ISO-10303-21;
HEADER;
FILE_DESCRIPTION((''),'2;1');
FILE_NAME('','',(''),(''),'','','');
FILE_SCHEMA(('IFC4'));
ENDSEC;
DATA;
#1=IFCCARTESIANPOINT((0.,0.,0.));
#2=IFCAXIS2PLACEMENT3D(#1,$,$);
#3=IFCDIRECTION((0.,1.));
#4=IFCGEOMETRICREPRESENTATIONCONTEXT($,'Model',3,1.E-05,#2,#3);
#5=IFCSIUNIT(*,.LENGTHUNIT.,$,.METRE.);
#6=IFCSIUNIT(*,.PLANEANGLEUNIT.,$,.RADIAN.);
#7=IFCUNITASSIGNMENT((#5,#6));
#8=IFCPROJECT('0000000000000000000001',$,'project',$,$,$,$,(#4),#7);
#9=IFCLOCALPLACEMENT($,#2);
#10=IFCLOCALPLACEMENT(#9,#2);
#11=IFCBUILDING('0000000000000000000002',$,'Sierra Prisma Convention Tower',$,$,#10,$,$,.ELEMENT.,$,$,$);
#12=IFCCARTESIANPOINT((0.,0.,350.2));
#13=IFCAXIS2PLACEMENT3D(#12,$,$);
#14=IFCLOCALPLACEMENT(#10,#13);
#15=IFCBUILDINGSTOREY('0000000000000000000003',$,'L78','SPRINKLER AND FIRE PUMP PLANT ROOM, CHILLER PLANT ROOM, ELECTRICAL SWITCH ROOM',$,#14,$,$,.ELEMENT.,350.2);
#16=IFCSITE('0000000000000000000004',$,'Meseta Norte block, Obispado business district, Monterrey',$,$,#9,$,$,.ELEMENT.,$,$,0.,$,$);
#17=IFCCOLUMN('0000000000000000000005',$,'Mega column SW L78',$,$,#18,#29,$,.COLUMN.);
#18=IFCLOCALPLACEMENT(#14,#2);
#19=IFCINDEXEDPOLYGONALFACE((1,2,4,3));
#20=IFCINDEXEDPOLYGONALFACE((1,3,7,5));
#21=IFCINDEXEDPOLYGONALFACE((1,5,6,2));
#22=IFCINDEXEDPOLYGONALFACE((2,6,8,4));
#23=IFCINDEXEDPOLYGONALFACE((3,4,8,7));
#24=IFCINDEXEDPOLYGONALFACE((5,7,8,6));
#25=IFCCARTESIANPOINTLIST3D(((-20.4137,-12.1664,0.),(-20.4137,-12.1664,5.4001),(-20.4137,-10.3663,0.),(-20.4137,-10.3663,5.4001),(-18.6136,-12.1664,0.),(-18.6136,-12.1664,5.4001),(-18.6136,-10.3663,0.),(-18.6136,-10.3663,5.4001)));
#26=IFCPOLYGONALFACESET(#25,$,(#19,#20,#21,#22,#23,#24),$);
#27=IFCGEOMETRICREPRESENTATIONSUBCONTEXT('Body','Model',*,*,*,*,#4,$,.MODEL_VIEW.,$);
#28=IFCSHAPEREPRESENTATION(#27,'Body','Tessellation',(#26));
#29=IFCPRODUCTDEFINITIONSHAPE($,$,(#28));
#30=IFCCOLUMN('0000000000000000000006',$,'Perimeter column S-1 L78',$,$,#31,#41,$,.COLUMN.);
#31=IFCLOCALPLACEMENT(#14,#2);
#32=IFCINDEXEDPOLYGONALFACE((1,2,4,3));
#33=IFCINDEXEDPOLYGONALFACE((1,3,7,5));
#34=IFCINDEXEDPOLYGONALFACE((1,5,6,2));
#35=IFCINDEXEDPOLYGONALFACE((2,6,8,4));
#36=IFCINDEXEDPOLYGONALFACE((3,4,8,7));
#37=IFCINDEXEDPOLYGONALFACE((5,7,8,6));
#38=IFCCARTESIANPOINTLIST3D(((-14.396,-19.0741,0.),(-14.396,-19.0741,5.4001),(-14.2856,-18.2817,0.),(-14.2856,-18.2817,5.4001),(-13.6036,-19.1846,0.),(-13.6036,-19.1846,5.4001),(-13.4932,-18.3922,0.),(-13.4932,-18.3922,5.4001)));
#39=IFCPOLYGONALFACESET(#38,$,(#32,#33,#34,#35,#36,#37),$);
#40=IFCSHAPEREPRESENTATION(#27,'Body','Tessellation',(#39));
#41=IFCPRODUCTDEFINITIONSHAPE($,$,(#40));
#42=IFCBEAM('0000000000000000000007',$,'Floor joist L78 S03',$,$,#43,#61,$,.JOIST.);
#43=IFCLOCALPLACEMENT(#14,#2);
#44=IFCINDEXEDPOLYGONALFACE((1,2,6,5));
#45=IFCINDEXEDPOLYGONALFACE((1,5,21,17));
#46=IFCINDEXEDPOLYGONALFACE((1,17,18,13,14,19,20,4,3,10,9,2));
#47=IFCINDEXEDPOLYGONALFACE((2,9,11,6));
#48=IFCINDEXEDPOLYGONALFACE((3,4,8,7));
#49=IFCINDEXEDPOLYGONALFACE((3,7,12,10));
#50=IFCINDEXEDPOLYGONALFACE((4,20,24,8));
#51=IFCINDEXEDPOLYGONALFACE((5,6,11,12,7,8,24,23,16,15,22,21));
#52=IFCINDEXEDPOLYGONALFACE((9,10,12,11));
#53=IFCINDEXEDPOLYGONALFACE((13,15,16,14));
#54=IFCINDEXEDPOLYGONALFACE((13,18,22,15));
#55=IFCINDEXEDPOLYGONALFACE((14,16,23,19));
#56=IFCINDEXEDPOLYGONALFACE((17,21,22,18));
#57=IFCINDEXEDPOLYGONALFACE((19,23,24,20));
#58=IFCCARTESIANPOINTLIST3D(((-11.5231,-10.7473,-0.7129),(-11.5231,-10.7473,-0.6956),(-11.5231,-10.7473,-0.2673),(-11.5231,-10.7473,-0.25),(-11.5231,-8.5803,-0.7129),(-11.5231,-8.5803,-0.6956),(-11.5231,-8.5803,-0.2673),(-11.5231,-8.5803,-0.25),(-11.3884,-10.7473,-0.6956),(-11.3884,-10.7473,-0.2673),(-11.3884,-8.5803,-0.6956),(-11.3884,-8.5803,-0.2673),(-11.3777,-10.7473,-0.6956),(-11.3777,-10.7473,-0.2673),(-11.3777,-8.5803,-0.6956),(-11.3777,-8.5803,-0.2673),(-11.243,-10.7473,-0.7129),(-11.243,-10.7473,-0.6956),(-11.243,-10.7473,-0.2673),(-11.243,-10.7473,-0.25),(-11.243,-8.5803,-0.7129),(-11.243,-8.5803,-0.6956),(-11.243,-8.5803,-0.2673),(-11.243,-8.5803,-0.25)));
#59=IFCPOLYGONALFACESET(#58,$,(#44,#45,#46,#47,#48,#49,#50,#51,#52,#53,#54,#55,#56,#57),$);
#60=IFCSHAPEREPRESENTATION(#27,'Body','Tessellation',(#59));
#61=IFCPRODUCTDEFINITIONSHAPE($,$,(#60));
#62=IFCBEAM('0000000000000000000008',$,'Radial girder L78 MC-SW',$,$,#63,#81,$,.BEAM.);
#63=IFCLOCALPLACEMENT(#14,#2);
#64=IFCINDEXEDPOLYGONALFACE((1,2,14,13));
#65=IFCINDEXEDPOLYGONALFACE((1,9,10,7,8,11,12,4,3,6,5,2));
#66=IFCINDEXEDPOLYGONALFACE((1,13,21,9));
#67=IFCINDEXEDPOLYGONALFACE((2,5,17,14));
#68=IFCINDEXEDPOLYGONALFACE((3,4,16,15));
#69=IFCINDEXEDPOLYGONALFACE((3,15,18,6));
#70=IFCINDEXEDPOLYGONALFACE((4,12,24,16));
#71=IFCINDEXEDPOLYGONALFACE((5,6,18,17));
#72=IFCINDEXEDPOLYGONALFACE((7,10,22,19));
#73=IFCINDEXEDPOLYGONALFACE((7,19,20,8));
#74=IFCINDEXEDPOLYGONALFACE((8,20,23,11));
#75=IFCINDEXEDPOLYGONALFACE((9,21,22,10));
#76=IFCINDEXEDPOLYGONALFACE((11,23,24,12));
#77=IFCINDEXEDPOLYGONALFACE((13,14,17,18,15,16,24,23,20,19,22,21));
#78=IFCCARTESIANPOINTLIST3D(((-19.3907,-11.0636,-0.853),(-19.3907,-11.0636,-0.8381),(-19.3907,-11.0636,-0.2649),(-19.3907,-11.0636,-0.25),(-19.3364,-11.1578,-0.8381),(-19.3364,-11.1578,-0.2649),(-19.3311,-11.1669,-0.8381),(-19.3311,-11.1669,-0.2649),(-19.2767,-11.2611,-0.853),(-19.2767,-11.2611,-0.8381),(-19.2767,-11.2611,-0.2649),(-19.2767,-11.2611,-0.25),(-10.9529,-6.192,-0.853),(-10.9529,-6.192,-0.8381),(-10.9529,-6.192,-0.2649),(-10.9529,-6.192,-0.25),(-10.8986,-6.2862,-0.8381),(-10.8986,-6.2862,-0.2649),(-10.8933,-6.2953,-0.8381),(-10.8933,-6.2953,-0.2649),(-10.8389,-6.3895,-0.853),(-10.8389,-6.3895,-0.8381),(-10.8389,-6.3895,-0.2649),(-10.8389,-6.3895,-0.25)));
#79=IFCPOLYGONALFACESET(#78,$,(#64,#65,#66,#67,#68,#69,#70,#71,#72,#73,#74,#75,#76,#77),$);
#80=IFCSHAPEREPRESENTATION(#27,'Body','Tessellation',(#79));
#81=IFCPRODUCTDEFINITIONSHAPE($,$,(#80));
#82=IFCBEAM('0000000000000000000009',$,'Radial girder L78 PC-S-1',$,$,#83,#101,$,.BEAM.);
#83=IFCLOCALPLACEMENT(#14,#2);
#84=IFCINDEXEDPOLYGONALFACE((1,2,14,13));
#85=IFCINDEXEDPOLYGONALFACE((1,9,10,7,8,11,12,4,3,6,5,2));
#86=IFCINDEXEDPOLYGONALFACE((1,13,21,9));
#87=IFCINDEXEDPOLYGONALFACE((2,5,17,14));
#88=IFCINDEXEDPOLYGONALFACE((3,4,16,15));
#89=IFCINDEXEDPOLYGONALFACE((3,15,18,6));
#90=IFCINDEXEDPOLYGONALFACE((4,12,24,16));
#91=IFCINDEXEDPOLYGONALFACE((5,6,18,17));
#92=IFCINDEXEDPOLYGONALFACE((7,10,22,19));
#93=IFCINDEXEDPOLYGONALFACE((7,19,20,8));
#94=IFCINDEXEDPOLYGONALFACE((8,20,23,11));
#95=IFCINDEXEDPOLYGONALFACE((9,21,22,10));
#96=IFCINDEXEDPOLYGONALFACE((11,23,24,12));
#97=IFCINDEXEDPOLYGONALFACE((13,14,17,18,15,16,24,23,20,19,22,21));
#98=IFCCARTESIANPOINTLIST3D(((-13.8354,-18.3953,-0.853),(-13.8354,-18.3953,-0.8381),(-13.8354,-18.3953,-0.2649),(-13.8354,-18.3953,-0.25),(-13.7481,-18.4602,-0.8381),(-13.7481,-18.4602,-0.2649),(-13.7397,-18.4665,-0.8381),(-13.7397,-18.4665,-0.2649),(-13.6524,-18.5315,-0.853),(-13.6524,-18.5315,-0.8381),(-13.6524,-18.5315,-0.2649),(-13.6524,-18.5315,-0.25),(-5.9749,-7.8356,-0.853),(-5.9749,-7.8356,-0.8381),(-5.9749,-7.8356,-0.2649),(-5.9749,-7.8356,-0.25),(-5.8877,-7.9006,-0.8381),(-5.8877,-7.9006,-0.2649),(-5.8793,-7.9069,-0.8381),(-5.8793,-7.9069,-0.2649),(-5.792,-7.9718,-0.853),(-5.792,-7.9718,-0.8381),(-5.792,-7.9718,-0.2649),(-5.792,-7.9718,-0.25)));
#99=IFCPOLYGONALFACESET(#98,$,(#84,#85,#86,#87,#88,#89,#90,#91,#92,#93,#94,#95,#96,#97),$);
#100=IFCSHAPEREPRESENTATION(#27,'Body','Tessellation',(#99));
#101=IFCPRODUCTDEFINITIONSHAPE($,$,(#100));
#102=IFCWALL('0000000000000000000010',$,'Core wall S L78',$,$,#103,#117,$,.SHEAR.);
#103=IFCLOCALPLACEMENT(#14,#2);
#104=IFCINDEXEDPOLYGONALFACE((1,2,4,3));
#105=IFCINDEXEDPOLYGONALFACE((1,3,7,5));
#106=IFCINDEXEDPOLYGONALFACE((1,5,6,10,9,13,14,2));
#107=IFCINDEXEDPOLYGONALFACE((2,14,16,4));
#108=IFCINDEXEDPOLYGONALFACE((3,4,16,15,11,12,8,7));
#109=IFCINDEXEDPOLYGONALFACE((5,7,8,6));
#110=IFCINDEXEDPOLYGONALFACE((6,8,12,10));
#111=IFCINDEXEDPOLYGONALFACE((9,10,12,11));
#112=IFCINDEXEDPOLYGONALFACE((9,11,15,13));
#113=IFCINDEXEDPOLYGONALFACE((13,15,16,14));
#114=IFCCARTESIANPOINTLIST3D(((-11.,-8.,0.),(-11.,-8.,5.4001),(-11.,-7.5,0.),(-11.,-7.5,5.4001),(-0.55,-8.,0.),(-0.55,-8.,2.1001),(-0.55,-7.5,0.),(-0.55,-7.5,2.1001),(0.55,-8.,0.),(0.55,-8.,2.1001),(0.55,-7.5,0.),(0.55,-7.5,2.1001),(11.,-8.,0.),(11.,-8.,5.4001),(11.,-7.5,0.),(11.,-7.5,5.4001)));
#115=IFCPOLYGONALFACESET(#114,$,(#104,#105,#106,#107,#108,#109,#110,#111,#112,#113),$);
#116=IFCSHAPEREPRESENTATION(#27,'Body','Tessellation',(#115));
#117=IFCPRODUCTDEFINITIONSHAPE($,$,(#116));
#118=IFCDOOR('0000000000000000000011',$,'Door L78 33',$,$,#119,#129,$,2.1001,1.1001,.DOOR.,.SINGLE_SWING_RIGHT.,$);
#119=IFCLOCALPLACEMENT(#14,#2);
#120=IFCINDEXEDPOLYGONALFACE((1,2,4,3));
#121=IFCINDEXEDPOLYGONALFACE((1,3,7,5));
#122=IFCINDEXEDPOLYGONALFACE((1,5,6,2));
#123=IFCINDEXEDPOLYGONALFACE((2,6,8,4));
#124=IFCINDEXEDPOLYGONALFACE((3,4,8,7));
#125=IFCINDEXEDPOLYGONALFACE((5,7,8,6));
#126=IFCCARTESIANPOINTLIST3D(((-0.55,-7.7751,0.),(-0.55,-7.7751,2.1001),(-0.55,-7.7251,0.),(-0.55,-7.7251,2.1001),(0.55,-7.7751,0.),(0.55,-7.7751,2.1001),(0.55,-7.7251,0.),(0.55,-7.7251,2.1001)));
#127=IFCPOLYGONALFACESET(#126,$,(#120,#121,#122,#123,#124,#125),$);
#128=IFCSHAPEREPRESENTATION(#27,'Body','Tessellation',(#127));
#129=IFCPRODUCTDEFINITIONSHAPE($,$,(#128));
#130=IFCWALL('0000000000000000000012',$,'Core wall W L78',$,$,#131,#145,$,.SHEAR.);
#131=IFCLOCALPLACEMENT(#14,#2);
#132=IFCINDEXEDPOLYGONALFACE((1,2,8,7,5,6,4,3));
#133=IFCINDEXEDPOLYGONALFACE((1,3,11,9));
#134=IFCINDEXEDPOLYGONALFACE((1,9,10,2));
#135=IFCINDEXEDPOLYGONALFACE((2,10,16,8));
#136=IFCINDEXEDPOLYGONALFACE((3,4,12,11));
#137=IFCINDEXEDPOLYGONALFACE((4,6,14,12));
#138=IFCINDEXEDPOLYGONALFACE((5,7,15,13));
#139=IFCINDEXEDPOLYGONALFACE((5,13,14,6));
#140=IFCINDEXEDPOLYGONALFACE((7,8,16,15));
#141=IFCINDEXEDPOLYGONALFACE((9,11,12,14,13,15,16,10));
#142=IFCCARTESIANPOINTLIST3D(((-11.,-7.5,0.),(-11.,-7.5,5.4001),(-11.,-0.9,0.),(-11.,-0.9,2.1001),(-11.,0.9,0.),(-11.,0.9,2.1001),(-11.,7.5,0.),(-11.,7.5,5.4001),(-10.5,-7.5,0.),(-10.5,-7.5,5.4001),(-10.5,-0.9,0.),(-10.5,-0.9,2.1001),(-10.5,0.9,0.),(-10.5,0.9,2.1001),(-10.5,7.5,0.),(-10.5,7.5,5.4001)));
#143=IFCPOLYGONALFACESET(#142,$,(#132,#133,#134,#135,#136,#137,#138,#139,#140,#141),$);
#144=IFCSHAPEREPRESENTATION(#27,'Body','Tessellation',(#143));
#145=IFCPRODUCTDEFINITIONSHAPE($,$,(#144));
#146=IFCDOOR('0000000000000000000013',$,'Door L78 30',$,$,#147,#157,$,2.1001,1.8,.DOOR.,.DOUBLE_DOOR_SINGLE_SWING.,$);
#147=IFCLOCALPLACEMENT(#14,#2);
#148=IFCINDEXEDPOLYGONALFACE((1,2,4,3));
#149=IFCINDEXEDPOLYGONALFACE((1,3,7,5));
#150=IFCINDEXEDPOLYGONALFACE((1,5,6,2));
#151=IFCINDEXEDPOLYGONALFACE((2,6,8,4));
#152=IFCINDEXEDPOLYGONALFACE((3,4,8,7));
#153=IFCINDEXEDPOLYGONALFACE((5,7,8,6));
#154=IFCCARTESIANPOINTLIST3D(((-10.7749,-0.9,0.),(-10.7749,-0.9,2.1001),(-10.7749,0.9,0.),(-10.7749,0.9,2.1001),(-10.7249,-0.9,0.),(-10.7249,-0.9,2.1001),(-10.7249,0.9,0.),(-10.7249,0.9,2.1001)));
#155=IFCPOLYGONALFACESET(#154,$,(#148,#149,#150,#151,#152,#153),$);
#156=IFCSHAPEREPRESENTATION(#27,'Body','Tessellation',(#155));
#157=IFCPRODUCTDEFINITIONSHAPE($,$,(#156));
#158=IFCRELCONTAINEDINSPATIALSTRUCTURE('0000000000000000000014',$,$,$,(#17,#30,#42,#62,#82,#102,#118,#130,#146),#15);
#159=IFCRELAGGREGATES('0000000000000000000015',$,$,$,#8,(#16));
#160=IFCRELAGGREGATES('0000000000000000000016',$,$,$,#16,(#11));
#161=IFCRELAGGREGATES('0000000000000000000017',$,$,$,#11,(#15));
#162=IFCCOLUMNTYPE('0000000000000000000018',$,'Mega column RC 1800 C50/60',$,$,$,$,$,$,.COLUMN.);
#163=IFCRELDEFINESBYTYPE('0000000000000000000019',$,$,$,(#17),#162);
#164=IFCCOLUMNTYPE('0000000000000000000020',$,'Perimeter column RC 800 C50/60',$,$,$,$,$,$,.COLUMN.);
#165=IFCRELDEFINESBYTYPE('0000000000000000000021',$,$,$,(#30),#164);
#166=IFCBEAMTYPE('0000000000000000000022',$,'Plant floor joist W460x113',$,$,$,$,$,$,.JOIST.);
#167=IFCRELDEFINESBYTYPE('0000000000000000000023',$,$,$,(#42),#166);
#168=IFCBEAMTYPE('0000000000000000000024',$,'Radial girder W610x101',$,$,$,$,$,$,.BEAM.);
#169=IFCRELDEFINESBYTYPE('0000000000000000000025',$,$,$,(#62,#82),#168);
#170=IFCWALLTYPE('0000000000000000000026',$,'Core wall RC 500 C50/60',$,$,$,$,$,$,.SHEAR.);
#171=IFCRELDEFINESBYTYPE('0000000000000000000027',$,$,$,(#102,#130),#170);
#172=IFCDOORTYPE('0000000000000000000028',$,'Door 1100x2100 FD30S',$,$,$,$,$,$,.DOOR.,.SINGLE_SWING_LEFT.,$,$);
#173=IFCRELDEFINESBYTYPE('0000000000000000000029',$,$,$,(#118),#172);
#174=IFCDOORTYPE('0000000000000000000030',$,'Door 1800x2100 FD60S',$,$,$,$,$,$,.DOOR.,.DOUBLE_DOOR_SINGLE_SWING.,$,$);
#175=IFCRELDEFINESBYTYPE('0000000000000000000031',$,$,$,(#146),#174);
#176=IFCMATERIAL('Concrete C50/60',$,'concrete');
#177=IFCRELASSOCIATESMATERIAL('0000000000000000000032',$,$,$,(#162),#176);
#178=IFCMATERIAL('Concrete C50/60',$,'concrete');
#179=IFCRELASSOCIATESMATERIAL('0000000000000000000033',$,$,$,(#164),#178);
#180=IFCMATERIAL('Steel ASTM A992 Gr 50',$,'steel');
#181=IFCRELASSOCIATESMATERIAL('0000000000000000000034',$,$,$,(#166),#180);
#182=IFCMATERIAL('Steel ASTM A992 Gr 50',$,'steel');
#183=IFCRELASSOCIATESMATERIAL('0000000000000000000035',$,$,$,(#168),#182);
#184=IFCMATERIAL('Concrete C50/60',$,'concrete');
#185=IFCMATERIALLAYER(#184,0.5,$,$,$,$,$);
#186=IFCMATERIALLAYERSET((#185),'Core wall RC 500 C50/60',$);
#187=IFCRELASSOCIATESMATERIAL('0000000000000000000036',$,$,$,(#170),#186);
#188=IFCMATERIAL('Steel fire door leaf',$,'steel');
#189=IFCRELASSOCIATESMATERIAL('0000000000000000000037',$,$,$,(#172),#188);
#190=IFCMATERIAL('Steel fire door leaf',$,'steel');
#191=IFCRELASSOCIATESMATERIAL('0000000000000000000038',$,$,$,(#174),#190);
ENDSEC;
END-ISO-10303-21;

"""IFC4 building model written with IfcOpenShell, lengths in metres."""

from ifc_helpers import new_model, si_unit, direction, frame, frame_2d, origin, origin_2d, place, context, subcontext, project, spatial, rectangle, i_section, extrude, material, layer, layer_set, material_profile, profile_set, type_object, element, fill, save


model = new_model("IFC4")

# Units and contexts
model_context = context("Model", 3, precision=1e-05, world=origin(), true_north=direction((0.0, 1.0)))
body_context = subcontext(model_context, "Body", "Model", "MODEL_VIEW")
ifc_project = project(units=[si_unit("LENGTHUNIT", "METRE"), si_unit("PLANEANGLEUNIT", "RADIAN")], contexts=[model_context])

# Site, building, storey
site_placement = place(None, origin())
site = spatial("IfcSite", under=ifc_project, at=site_placement, Name="Meseta Norte block, Obispado business district, Monterrey", CompositionType="ELEMENT", RefElevation=0.0)
building_placement = place(site_placement, origin())
building = spatial("IfcBuilding", under=site, at=building_placement, Name="Sierra Prisma Convention Tower", CompositionType="ELEMENT")
storey_placement = place(building_placement, frame((0.0, 0.0, 350.2)))
storey = spatial("IfcBuildingStorey", under=building, at=storey_placement, Name="L78", Description="SPRINKLER AND FIRE PUMP PLANT ROOM, CHILLER PLANT ROOM, ELECTRICAL SWITCH ROOM", CompositionType="ELEMENT", Elevation=350.2)

# Columns
ifc_material_1 = material(Name="Concrete C50/60", Category="concrete")
ifc_material_profile_1 = material_profile(ifc_material_1, rectangle(XDim=1.8, YDim=1.8, at=origin_2d()), Name="Mega column RC 1800 C50/60")
ifc_profile_set_1 = profile_set([ifc_material_profile_1], Name="Concrete C50/60")
column_type_1 = type_object("IfcColumnType", Name="Mega column RC 1800 C50/60", PredefinedType="COLUMN", material=ifc_profile_set_1)
column_1_placement = place(storey_placement, frame((-19.5137, -11.2664, 0.0), z_axis=(0.0, 0.0, 1.0), x_axis=(1.0, 0.0, 0.0)))
element("IfcColumn", 1, at=column_1_placement, inside=storey, type_object=column_type_1, Name="Mega column SW L78", PredefinedType="COLUMN", context=body_context, shape_type="SweptSolid", body=[
    extrude(rectangle(XDim=1.8, YDim=1.8, at=origin_2d()), origin(), (0.0, 0.0, 1.0), 5.4001),
])
ifc_material_2 = material(Name="Concrete C50/60", Category="concrete")
ifc_material_profile_2 = material_profile(ifc_material_2, rectangle(XDim=0.8, YDim=0.8, at=origin_2d()), Name="Perimeter column RC 800 C50/60")
ifc_profile_set_2 = profile_set([ifc_material_profile_2], Name="Concrete C50/60")
column_type_2 = type_object("IfcColumnType", Name="Perimeter column RC 800 C50/60", PredefinedType="COLUMN", material=ifc_profile_set_2)
column_2_placement = place(storey_placement, frame((-13.9446, -18.7332, 0.0), z_axis=(0.0, 0.0, 1.0), x_axis=(-0.990429, 0.13802, 0.0)))
element("IfcColumn", 2, at=column_2_placement, inside=storey, type_object=column_type_2, Name="Perimeter column S-1 L78", PredefinedType="COLUMN", context=body_context, shape_type="SweptSolid", body=[
    extrude(rectangle(XDim=0.8, YDim=0.8, at=origin_2d()), origin(), (0.0, 0.0, 1.0), 5.4001),
])

# Beams
ifc_material_3 = material(Name="Steel ASTM A992 Gr 50", Category="steel")
ifc_material_profile_3 = material_profile(ifc_material_3, i_section(OverallWidth=0.28, OverallDepth=0.4629, WebThickness=0.0107, FlangeThickness=0.0173, at=origin_2d()), Name="W460x113")
ifc_profile_set_3 = profile_set([ifc_material_profile_3], Name="Steel ASTM A992 Gr 50")
beam_type_1 = type_object("IfcBeamType", Name="Plant floor joist W460x113", PredefinedType="JOIST", material=ifc_profile_set_3)
beam_1_placement = place(storey_placement, frame((-11.3831, -10.7473, -0.4814), z_axis=(0.0, 1.0, 0.0), x_axis=(-1.0, 0.0, 0.0)))
element("IfcBeam", 3, at=beam_1_placement, inside=storey, type_object=beam_type_1, Name="Floor joist L78 S03", PredefinedType="JOIST", context=body_context, shape_type="SweptSolid", body=[
    extrude(i_section(OverallWidth=0.28, OverallDepth=0.4629, WebThickness=0.0107, FlangeThickness=0.0173, at=origin_2d()), origin(), (0.0, 0.0, 1.0), 2.167),
])
ifc_material_4 = material(Name="Steel ASTM A992 Gr 50", Category="steel")
ifc_material_profile_4 = material_profile(ifc_material_4, i_section(OverallWidth=0.228, OverallDepth=0.603, WebThickness=0.0105, FlangeThickness=0.0149, at=origin_2d()), Name="W610x101")
ifc_profile_set_4 = profile_set([ifc_material_profile_4], Name="Steel ASTM A992 Gr 50")
beam_type_2 = type_object("IfcBeamType", Name="Radial girder W610x101", PredefinedType="BEAM", material=ifc_profile_set_4)
beam_2_placement = place(storey_placement, frame((-19.3337, -11.1624, -0.5515), z_axis=(0.866023, 0.500004, 0.0), x_axis=(-0.500004, 0.866023, 0.0)))
element("IfcBeam", 4, at=beam_2_placement, inside=storey, type_object=beam_type_2, Name="Radial girder L78 MC-SW", PredefinedType="BEAM", context=body_context, shape_type="SweptSolid", body=[
    extrude(i_section(OverallWidth=0.228, OverallDepth=0.603, WebThickness=0.0105, FlangeThickness=0.0149, at=origin_2d()), origin(), (0.0, 0.0, 1.0), 9.7432),
])
beam_3_placement = place(storey_placement, frame((-13.7439, -18.4634, -0.5515), z_axis=(0.597112, 0.802158, 0.0), x_axis=(-0.802158, 0.597112, 0.0)))
element("IfcBeam", 5, at=beam_3_placement, inside=storey, type_object=beam_type_2, Name="Radial girder L78 PC-S-1", PredefinedType="BEAM", context=body_context, shape_type="SweptSolid", body=[
    extrude(i_section(OverallWidth=0.228, OverallDepth=0.603, WebThickness=0.0105, FlangeThickness=0.0149, at=origin_2d()), origin(), (0.0, 0.0, 1.0), 13.1641),
])

# Walls, openings, doors
ifc_material_5 = material(Name="Concrete C50/60", Category="concrete")
ifc_layer_1 = layer(ifc_material_5, 0.5)
ifc_layer_set_1 = layer_set([ifc_layer_1], Name="Core wall RC 500 C50/60")
wall_type_1 = type_object("IfcWallType", Name="Core wall RC 500 C50/60", PredefinedType="SHEAR", material=ifc_layer_set_1)
wall_1_placement = place(storey_placement, frame((-11.0, -7.75, 0.0), z_axis=(0.0, 0.0, 1.0), x_axis=(1.0, 0.0, 0.0)))
wall_1 = element("IfcWall", 6, at=wall_1_placement, inside=storey, type_object=wall_type_1, Name="Core wall S L78", PredefinedType="SHEAR", context=body_context, shape_type="SweptSolid", body=[
    extrude(rectangle(XDim=22.0, YDim=0.5, at=frame_2d((11.0, 0.0))), origin(), (0.0, 0.0, 1.0), 5.4001),
])
opening_1_placement = place(wall_1_placement, frame((10.45, 0.0, 0.0)))
opening_1 = element("IfcOpeningElement", 7, at=opening_1_placement, cuts=wall_1, PredefinedType="OPENING", context=body_context, shape_type="SweptSolid", body=[
    extrude(rectangle(XDim=1.1001, YDim=2.1001, at=frame_2d((0.55, 1.05))), frame((0.0, 0.25, 0.0), z_axis=(0.0, -1.0, 0.0), x_axis=(1.0, 0.0, 0.0)), (0.0, 0.0, 1.0), 0.5),
])
ifc_material_6 = material(Name="Steel fire door leaf", Category="steel")
door_type_1 = type_object("IfcDoorType", Name="Door 1100x2100 FD30S", OperationType="SINGLE_SWING_LEFT", PredefinedType="DOOR", material=ifc_material_6)
door_1_placement = place(opening_1_placement, origin())
door_1 = element("IfcDoor", 8, at=door_1_placement, inside=storey, type_object=door_type_1, Name="Door L78 33", OperationType="SINGLE_SWING_RIGHT", OverallHeight=2.1001, OverallWidth=1.1001, PredefinedType="DOOR", context=body_context, shape_type="SweptSolid", body=[
    extrude(rectangle(XDim=1.1001, YDim=2.1001, at=frame_2d((0.55, 1.05))), frame((0.0, 0.0249, 0.0), z_axis=(0.0, -1.0, 0.0), x_axis=(1.0, 0.0, 0.0)), (0.0, 0.0, 1.0), 0.05),
])
fill(opening_1, door_1)
wall_2_placement = place(storey_placement, frame((-10.75, -7.5, 0.0), z_axis=(0.0, 0.0, 1.0), x_axis=(0.0, 1.0, 0.0)))
wall_2 = element("IfcWall", 9, at=wall_2_placement, inside=storey, type_object=wall_type_1, Name="Core wall W L78", PredefinedType="SHEAR", context=body_context, shape_type="SweptSolid", body=[
    extrude(rectangle(XDim=15.0, YDim=0.5, at=frame_2d((7.5, 0.0))), origin(), (0.0, 0.0, 1.0), 5.4001),
])
opening_2_placement = place(wall_2_placement, frame((6.6001, 0.0, 0.0)))
opening_2 = element("IfcOpeningElement", 10, at=opening_2_placement, cuts=wall_2, PredefinedType="OPENING", context=body_context, shape_type="SweptSolid", body=[
    extrude(rectangle(XDim=1.8, YDim=2.1001, at=frame_2d((0.8999, 1.05))), frame((0.0, 0.25, 0.0), z_axis=(0.0, -1.0, 0.0), x_axis=(1.0, 0.0, 0.0)), (0.0, 0.0, 1.0), 0.5),
])
ifc_material_7 = material(Name="Steel fire door leaf", Category="steel")
door_type_2 = type_object("IfcDoorType", Name="Door 1800x2100 FD60S", OperationType="DOUBLE_DOOR_SINGLE_SWING", PredefinedType="DOOR", material=ifc_material_7)
door_2_placement = place(opening_2_placement, origin())
door_2 = element("IfcDoor", 11, at=door_2_placement, inside=storey, type_object=door_type_2, Name="Door L78 30", OperationType="DOUBLE_DOOR_SINGLE_SWING", OverallHeight=2.1001, OverallWidth=1.8, PredefinedType="DOOR", context=body_context, shape_type="SweptSolid", body=[
    extrude(rectangle(XDim=1.8, YDim=2.1001, at=frame_2d((0.8999, 1.05))), frame((0.0, 0.0249, 0.0), z_axis=(0.0, -1.0, 0.0), x_axis=(1.0, 0.0, 0.0)), (0.0, 0.0, 1.0), 0.05),
])
fill(opening_2, door_2)

save(model, "model.ifc")
